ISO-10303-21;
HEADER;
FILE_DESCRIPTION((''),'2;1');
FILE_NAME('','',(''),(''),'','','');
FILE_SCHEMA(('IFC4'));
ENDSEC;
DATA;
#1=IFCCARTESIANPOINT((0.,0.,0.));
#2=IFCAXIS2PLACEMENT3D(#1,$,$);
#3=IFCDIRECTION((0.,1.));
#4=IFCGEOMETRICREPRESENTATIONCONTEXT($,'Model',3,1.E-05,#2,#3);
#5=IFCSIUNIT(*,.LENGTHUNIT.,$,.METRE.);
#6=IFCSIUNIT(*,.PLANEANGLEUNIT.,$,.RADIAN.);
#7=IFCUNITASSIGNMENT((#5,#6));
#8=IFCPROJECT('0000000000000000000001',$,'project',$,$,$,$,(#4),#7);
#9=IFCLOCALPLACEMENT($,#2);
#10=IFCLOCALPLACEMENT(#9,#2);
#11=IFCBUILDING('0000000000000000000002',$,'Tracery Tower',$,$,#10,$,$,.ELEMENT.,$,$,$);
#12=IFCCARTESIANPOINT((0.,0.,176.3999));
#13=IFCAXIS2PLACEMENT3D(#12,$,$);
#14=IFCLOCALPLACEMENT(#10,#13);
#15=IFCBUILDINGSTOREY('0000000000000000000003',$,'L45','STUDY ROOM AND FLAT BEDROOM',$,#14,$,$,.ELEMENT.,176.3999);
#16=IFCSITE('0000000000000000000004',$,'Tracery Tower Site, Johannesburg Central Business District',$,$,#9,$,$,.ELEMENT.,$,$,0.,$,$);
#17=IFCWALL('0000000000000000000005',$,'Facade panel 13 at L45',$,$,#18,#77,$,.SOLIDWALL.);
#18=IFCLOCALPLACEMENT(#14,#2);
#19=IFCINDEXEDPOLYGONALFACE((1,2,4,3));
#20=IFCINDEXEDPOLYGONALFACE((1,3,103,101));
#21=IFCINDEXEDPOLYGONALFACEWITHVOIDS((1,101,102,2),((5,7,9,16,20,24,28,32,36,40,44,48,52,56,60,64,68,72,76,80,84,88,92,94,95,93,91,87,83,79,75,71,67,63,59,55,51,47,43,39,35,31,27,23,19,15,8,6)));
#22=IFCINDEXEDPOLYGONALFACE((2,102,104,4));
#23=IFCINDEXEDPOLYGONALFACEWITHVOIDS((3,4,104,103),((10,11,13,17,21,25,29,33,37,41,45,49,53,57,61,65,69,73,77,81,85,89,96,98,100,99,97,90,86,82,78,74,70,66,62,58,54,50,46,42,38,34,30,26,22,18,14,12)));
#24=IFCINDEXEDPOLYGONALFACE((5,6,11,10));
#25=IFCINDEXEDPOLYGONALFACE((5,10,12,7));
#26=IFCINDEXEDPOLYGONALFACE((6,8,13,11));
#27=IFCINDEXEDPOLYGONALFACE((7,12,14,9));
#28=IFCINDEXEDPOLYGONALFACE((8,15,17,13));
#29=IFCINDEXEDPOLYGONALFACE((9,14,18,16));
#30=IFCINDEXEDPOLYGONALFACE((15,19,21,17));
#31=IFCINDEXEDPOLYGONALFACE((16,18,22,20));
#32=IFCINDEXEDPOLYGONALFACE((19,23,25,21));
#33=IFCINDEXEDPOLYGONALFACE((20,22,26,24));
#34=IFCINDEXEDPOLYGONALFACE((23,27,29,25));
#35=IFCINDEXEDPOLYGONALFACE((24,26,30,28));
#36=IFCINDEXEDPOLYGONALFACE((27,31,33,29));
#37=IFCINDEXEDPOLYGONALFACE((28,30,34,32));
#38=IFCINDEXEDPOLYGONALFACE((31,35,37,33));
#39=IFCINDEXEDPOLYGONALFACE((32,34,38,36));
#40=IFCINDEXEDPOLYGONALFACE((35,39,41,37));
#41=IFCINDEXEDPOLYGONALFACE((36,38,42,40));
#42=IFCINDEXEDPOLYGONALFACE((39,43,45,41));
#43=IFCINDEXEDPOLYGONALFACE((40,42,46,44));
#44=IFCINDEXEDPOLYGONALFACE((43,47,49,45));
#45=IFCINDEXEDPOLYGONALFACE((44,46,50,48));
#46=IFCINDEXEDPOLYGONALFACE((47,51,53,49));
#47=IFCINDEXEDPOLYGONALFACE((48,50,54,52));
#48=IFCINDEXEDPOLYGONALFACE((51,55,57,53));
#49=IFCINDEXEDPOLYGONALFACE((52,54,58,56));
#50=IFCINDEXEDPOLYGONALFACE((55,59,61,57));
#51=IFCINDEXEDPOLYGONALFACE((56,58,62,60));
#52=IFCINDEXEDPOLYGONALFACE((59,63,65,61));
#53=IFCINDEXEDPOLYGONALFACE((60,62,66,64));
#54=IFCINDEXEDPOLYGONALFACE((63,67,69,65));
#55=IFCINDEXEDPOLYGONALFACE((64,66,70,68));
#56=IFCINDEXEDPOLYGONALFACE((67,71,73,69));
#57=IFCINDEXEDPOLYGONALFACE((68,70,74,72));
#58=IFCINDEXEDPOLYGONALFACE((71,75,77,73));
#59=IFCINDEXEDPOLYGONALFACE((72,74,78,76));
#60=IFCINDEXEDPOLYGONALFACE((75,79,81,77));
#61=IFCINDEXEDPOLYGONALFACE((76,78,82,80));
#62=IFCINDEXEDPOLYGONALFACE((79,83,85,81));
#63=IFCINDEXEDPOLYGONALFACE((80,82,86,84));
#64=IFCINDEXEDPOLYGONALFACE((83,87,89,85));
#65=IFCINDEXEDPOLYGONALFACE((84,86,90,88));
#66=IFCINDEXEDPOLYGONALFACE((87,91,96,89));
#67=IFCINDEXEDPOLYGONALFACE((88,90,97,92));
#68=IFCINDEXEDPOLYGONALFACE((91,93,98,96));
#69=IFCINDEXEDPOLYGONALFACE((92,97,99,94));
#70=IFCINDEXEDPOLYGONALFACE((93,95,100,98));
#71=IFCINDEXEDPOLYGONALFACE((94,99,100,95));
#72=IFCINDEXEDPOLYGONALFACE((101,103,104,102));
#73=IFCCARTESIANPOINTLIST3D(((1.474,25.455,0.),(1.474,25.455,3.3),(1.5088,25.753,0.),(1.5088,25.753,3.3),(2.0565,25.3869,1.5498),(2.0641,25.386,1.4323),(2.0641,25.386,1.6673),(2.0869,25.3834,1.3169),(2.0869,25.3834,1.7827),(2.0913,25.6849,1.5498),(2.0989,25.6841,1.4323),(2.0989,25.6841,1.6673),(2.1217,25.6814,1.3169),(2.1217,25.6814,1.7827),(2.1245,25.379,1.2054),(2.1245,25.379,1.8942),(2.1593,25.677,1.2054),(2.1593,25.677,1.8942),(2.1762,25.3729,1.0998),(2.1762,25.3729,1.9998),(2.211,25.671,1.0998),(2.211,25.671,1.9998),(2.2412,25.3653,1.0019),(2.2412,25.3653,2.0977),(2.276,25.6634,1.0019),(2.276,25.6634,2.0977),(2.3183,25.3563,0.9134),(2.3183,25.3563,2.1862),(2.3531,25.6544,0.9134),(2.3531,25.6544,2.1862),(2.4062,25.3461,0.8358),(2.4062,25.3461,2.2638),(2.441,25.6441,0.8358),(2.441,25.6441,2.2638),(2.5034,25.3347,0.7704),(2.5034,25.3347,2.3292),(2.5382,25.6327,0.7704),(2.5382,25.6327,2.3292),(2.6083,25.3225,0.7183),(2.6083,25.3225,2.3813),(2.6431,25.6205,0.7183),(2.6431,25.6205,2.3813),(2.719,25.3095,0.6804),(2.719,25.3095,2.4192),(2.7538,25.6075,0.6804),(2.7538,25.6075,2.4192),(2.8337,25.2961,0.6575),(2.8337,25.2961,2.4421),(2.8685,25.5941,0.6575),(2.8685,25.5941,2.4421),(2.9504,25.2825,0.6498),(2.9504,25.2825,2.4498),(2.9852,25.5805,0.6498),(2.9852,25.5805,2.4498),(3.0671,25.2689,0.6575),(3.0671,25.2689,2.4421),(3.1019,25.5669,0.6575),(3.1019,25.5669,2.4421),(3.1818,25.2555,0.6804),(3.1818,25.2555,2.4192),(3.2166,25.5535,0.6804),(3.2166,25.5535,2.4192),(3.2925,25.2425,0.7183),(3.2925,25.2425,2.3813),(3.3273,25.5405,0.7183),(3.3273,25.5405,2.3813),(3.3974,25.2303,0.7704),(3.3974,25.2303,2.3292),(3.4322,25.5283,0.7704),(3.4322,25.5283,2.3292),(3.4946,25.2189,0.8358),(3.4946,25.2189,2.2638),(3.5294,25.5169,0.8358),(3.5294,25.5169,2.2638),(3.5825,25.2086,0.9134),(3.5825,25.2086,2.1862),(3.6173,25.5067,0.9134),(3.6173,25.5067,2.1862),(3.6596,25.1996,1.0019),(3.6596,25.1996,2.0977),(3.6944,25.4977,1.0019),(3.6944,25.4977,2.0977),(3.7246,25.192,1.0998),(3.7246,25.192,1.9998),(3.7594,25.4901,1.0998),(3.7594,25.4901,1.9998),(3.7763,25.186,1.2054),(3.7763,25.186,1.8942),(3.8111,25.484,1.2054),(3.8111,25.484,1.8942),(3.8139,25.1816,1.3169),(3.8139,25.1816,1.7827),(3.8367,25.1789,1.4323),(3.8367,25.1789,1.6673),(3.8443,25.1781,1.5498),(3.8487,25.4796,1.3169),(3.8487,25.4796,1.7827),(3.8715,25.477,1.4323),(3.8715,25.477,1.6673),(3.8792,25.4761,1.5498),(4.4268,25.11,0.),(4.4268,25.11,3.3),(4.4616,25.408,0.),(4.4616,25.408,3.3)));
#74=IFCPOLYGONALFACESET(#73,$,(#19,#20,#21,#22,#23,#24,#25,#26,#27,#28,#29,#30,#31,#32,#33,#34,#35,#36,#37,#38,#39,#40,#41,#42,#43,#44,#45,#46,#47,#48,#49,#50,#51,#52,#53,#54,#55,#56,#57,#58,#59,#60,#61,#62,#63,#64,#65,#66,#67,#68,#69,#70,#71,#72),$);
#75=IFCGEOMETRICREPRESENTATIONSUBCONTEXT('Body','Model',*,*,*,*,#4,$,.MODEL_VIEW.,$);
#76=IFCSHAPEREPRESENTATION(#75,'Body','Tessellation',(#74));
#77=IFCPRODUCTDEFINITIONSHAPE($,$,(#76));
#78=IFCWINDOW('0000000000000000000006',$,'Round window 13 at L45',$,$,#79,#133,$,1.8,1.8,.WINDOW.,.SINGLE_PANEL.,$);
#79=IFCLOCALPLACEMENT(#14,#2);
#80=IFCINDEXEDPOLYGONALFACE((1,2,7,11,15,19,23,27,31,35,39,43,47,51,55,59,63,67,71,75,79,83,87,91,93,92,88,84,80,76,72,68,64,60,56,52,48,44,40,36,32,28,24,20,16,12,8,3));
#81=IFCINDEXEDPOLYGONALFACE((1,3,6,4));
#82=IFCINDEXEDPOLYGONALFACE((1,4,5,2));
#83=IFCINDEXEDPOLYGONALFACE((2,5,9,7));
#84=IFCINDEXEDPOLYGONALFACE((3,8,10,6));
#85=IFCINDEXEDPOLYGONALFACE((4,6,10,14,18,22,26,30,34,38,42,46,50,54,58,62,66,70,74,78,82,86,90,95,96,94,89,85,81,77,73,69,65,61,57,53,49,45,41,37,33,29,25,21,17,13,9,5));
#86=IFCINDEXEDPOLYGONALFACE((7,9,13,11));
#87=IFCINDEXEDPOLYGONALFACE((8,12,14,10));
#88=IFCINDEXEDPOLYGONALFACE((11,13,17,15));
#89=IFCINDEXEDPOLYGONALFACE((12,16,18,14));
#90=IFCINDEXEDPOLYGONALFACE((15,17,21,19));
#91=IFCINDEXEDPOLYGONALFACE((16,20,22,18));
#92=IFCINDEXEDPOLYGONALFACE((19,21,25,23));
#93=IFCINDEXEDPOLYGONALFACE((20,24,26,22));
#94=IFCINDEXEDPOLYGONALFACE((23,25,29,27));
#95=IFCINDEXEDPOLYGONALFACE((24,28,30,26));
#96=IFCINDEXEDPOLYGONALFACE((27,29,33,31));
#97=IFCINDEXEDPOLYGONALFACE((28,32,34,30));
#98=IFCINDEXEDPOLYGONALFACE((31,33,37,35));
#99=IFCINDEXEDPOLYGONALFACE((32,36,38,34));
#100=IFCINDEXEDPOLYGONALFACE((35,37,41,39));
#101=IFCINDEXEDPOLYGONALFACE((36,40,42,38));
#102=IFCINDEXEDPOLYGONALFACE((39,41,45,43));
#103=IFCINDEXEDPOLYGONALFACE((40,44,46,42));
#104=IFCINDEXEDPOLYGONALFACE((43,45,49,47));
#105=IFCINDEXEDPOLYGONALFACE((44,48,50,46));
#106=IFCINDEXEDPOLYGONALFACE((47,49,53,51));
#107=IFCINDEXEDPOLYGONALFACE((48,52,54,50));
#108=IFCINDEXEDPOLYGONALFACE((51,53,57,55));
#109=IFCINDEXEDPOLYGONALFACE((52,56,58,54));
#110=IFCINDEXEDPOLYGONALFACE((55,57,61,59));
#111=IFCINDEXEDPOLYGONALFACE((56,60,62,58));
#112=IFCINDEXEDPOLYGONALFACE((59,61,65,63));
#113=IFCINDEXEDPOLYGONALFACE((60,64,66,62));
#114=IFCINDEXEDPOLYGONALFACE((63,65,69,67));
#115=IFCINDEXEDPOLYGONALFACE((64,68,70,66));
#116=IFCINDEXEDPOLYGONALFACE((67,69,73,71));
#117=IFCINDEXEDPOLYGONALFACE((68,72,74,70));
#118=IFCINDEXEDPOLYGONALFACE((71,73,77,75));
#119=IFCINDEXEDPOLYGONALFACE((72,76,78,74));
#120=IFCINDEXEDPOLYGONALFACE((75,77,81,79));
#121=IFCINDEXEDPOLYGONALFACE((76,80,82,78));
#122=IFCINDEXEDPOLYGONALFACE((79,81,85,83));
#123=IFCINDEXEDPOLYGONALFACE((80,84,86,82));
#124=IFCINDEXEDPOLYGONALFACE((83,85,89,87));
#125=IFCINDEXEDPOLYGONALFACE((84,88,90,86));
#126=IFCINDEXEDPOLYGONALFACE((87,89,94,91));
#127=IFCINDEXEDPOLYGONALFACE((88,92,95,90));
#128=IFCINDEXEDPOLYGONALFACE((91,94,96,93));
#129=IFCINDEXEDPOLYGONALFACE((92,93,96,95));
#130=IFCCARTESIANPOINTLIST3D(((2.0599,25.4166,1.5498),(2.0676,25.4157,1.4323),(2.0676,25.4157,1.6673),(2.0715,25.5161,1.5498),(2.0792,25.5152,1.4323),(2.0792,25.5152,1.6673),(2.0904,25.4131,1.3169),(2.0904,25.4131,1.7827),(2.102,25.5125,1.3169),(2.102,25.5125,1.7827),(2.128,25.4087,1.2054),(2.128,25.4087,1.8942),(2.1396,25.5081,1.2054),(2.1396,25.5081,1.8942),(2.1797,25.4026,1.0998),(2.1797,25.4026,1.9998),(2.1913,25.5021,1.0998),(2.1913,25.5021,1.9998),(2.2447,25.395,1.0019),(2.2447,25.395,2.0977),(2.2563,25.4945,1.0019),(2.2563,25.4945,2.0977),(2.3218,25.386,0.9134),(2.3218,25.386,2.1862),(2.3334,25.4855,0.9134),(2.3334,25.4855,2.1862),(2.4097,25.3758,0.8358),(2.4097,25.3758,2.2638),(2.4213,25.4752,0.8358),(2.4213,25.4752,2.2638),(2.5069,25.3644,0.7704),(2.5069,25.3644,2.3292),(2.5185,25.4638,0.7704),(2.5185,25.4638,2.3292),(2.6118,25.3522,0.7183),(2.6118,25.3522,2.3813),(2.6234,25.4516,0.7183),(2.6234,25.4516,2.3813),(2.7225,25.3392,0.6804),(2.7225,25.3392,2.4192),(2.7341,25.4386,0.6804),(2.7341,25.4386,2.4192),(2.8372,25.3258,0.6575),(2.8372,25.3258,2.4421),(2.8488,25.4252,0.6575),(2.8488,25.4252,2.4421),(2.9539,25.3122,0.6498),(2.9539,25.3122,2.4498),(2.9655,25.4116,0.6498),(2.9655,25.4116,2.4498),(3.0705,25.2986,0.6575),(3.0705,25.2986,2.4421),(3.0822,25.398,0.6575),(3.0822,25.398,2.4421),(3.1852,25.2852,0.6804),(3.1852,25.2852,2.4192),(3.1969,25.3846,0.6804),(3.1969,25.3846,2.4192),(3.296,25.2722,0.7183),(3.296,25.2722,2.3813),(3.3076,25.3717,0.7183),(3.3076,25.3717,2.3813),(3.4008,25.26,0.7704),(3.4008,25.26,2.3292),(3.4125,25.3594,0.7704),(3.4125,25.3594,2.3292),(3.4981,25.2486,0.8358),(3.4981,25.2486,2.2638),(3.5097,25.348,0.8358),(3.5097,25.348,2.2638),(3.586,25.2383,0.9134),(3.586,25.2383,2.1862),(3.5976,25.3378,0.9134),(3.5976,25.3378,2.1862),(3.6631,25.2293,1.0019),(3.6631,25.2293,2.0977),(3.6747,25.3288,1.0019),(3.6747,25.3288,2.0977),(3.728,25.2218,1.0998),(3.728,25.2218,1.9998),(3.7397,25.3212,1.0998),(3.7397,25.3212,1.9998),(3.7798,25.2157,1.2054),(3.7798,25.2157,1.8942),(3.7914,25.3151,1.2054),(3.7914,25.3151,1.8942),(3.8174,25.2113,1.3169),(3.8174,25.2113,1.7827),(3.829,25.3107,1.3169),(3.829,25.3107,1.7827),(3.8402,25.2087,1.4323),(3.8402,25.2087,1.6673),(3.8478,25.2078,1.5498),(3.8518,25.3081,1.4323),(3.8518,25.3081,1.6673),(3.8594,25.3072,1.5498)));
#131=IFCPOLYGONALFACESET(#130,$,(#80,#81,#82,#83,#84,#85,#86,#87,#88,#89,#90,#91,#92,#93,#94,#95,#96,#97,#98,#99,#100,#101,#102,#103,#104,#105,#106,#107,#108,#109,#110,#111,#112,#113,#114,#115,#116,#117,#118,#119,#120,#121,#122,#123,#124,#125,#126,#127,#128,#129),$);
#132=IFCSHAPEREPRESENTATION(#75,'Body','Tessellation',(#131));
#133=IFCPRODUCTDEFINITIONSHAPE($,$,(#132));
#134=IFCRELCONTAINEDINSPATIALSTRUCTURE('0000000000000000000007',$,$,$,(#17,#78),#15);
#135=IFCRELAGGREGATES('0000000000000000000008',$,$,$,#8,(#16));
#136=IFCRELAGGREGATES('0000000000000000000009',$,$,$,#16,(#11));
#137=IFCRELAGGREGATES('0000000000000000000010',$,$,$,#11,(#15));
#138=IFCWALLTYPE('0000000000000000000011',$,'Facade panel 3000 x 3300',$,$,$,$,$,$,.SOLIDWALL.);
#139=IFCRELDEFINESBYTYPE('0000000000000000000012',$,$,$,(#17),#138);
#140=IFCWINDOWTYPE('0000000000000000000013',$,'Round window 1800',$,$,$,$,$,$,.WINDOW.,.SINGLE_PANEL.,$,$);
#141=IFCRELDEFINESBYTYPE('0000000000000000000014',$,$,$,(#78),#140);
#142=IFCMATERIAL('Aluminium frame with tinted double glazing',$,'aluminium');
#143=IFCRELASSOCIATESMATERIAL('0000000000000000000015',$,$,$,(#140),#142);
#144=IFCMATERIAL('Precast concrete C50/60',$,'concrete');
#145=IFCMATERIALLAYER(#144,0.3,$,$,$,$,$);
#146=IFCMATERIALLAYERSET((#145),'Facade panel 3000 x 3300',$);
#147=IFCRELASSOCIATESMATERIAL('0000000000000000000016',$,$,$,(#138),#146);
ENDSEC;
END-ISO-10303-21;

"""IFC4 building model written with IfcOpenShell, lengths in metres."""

from ifc_helpers import new_model, si_unit, direction, frame, frame_2d, origin, origin_2d, place, context, subcontext, project, spatial, rectangle, circle, extrude, material, layer, layer_set, type_object, element, fill, save


model = new_model("IFC4")

# Units and contexts
model_context = context("Model", 3, precision=1e-05, world=origin(), true_north=direction((0.0, 1.0)))
body_context = subcontext(model_context, "Body", "Model", "MODEL_VIEW")
ifc_project = project(units=[si_unit("LENGTHUNIT", "METRE"), si_unit("PLANEANGLEUNIT", "RADIAN")], contexts=[model_context])

# Site, building, storey
site_placement = place(None, origin())
site = spatial("IfcSite", under=ifc_project, at=site_placement, Name="Tracery Tower Site, Johannesburg Central Business District", CompositionType="ELEMENT", RefElevation=0.0)
building_placement = place(site_placement, origin())
building = spatial("IfcBuilding", under=site, at=building_placement, Name="Tracery Tower", CompositionType="ELEMENT")
storey_placement = place(building_placement, frame((0.0, 0.0, 176.3999)))
storey = spatial("IfcBuildingStorey", under=building, at=storey_placement, Name="L45", Description="STUDY ROOM AND FLAT BEDROOM", CompositionType="ELEMENT", Elevation=176.3999)

# Wall, opening, window
ifc_material_1 = material(Name="Aluminium frame with tinted double glazing", Category="aluminium")
window_type = type_object("IfcWindowType", Name="Round window 1800", PartitioningType="SINGLE_PANEL", PredefinedType="WINDOW", material=ifc_material_1)
ifc_material_2 = material(Name="Precast concrete C50/60", Category="concrete")
ifc_layer_1 = layer(ifc_material_2, 0.3)
ifc_layer_set_1 = layer_set([ifc_layer_1], Name="Facade panel 3000 x 3300")
wall_type_1 = type_object("IfcWallType", Name="Facade panel 3000 x 3300", PredefinedType="SOLIDWALL", material=ifc_layer_set_1)
wall_1_placement = place(storey_placement, frame((4.4441, 25.259, 0.0), z_axis=(0.0, 0.0, 1.0), x_axis=(-0.993245, 0.116036, 0.0)))
wall_1 = element("IfcWall", 1, at=wall_1_placement, inside=storey, type_object=wall_type_1, Name="Facade panel 13 at L45", PredefinedType="SOLIDWALL", context=body_context, shape_type="SweptSolid", body=[
    extrude(rectangle(XDim=2.9729, YDim=0.3, at=frame_2d((1.4863, 0.0))), origin(), (0.0, 0.0, 1.0), 3.3),
])
opening_1_placement = place(wall_1_placement, frame((1.4863, 0.0, 1.5498)))
opening_1 = element("IfcOpeningElement", 2, at=opening_1_placement, cuts=wall_1, PredefinedType="OPENING", context=body_context, shape_type="SweptSolid", body=[
    extrude(circle(Radius=0.9, at=origin_2d()), frame((0.0, 0.1599, 0.0), z_axis=(0.0, -1.0, 0.0), x_axis=(1.0, 0.0, 0.0)), (0.0, 0.0, 1.0), 0.3201),
])
window_1_placement = place(opening_1_placement, origin())
window_1 = element("IfcWindow", 3, at=window_1_placement, inside=storey, type_object=window_type, Name="Round window 13 at L45", OverallHeight=1.8, OverallWidth=1.8, PartitioningType="SINGLE_PANEL", PredefinedType="WINDOW", context=body_context, shape_type="SweptSolid", body=[
    extrude(circle(Radius=0.9, at=origin_2d()), frame((0.0, 0.1201, 0.0), z_axis=(0.0, -1.0, 0.0), x_axis=(1.0, 0.0, 0.0)), (0.0, 0.0, 1.0), 0.1001),
])
fill(opening_1, window_1)

save(model, "model.ifc")
